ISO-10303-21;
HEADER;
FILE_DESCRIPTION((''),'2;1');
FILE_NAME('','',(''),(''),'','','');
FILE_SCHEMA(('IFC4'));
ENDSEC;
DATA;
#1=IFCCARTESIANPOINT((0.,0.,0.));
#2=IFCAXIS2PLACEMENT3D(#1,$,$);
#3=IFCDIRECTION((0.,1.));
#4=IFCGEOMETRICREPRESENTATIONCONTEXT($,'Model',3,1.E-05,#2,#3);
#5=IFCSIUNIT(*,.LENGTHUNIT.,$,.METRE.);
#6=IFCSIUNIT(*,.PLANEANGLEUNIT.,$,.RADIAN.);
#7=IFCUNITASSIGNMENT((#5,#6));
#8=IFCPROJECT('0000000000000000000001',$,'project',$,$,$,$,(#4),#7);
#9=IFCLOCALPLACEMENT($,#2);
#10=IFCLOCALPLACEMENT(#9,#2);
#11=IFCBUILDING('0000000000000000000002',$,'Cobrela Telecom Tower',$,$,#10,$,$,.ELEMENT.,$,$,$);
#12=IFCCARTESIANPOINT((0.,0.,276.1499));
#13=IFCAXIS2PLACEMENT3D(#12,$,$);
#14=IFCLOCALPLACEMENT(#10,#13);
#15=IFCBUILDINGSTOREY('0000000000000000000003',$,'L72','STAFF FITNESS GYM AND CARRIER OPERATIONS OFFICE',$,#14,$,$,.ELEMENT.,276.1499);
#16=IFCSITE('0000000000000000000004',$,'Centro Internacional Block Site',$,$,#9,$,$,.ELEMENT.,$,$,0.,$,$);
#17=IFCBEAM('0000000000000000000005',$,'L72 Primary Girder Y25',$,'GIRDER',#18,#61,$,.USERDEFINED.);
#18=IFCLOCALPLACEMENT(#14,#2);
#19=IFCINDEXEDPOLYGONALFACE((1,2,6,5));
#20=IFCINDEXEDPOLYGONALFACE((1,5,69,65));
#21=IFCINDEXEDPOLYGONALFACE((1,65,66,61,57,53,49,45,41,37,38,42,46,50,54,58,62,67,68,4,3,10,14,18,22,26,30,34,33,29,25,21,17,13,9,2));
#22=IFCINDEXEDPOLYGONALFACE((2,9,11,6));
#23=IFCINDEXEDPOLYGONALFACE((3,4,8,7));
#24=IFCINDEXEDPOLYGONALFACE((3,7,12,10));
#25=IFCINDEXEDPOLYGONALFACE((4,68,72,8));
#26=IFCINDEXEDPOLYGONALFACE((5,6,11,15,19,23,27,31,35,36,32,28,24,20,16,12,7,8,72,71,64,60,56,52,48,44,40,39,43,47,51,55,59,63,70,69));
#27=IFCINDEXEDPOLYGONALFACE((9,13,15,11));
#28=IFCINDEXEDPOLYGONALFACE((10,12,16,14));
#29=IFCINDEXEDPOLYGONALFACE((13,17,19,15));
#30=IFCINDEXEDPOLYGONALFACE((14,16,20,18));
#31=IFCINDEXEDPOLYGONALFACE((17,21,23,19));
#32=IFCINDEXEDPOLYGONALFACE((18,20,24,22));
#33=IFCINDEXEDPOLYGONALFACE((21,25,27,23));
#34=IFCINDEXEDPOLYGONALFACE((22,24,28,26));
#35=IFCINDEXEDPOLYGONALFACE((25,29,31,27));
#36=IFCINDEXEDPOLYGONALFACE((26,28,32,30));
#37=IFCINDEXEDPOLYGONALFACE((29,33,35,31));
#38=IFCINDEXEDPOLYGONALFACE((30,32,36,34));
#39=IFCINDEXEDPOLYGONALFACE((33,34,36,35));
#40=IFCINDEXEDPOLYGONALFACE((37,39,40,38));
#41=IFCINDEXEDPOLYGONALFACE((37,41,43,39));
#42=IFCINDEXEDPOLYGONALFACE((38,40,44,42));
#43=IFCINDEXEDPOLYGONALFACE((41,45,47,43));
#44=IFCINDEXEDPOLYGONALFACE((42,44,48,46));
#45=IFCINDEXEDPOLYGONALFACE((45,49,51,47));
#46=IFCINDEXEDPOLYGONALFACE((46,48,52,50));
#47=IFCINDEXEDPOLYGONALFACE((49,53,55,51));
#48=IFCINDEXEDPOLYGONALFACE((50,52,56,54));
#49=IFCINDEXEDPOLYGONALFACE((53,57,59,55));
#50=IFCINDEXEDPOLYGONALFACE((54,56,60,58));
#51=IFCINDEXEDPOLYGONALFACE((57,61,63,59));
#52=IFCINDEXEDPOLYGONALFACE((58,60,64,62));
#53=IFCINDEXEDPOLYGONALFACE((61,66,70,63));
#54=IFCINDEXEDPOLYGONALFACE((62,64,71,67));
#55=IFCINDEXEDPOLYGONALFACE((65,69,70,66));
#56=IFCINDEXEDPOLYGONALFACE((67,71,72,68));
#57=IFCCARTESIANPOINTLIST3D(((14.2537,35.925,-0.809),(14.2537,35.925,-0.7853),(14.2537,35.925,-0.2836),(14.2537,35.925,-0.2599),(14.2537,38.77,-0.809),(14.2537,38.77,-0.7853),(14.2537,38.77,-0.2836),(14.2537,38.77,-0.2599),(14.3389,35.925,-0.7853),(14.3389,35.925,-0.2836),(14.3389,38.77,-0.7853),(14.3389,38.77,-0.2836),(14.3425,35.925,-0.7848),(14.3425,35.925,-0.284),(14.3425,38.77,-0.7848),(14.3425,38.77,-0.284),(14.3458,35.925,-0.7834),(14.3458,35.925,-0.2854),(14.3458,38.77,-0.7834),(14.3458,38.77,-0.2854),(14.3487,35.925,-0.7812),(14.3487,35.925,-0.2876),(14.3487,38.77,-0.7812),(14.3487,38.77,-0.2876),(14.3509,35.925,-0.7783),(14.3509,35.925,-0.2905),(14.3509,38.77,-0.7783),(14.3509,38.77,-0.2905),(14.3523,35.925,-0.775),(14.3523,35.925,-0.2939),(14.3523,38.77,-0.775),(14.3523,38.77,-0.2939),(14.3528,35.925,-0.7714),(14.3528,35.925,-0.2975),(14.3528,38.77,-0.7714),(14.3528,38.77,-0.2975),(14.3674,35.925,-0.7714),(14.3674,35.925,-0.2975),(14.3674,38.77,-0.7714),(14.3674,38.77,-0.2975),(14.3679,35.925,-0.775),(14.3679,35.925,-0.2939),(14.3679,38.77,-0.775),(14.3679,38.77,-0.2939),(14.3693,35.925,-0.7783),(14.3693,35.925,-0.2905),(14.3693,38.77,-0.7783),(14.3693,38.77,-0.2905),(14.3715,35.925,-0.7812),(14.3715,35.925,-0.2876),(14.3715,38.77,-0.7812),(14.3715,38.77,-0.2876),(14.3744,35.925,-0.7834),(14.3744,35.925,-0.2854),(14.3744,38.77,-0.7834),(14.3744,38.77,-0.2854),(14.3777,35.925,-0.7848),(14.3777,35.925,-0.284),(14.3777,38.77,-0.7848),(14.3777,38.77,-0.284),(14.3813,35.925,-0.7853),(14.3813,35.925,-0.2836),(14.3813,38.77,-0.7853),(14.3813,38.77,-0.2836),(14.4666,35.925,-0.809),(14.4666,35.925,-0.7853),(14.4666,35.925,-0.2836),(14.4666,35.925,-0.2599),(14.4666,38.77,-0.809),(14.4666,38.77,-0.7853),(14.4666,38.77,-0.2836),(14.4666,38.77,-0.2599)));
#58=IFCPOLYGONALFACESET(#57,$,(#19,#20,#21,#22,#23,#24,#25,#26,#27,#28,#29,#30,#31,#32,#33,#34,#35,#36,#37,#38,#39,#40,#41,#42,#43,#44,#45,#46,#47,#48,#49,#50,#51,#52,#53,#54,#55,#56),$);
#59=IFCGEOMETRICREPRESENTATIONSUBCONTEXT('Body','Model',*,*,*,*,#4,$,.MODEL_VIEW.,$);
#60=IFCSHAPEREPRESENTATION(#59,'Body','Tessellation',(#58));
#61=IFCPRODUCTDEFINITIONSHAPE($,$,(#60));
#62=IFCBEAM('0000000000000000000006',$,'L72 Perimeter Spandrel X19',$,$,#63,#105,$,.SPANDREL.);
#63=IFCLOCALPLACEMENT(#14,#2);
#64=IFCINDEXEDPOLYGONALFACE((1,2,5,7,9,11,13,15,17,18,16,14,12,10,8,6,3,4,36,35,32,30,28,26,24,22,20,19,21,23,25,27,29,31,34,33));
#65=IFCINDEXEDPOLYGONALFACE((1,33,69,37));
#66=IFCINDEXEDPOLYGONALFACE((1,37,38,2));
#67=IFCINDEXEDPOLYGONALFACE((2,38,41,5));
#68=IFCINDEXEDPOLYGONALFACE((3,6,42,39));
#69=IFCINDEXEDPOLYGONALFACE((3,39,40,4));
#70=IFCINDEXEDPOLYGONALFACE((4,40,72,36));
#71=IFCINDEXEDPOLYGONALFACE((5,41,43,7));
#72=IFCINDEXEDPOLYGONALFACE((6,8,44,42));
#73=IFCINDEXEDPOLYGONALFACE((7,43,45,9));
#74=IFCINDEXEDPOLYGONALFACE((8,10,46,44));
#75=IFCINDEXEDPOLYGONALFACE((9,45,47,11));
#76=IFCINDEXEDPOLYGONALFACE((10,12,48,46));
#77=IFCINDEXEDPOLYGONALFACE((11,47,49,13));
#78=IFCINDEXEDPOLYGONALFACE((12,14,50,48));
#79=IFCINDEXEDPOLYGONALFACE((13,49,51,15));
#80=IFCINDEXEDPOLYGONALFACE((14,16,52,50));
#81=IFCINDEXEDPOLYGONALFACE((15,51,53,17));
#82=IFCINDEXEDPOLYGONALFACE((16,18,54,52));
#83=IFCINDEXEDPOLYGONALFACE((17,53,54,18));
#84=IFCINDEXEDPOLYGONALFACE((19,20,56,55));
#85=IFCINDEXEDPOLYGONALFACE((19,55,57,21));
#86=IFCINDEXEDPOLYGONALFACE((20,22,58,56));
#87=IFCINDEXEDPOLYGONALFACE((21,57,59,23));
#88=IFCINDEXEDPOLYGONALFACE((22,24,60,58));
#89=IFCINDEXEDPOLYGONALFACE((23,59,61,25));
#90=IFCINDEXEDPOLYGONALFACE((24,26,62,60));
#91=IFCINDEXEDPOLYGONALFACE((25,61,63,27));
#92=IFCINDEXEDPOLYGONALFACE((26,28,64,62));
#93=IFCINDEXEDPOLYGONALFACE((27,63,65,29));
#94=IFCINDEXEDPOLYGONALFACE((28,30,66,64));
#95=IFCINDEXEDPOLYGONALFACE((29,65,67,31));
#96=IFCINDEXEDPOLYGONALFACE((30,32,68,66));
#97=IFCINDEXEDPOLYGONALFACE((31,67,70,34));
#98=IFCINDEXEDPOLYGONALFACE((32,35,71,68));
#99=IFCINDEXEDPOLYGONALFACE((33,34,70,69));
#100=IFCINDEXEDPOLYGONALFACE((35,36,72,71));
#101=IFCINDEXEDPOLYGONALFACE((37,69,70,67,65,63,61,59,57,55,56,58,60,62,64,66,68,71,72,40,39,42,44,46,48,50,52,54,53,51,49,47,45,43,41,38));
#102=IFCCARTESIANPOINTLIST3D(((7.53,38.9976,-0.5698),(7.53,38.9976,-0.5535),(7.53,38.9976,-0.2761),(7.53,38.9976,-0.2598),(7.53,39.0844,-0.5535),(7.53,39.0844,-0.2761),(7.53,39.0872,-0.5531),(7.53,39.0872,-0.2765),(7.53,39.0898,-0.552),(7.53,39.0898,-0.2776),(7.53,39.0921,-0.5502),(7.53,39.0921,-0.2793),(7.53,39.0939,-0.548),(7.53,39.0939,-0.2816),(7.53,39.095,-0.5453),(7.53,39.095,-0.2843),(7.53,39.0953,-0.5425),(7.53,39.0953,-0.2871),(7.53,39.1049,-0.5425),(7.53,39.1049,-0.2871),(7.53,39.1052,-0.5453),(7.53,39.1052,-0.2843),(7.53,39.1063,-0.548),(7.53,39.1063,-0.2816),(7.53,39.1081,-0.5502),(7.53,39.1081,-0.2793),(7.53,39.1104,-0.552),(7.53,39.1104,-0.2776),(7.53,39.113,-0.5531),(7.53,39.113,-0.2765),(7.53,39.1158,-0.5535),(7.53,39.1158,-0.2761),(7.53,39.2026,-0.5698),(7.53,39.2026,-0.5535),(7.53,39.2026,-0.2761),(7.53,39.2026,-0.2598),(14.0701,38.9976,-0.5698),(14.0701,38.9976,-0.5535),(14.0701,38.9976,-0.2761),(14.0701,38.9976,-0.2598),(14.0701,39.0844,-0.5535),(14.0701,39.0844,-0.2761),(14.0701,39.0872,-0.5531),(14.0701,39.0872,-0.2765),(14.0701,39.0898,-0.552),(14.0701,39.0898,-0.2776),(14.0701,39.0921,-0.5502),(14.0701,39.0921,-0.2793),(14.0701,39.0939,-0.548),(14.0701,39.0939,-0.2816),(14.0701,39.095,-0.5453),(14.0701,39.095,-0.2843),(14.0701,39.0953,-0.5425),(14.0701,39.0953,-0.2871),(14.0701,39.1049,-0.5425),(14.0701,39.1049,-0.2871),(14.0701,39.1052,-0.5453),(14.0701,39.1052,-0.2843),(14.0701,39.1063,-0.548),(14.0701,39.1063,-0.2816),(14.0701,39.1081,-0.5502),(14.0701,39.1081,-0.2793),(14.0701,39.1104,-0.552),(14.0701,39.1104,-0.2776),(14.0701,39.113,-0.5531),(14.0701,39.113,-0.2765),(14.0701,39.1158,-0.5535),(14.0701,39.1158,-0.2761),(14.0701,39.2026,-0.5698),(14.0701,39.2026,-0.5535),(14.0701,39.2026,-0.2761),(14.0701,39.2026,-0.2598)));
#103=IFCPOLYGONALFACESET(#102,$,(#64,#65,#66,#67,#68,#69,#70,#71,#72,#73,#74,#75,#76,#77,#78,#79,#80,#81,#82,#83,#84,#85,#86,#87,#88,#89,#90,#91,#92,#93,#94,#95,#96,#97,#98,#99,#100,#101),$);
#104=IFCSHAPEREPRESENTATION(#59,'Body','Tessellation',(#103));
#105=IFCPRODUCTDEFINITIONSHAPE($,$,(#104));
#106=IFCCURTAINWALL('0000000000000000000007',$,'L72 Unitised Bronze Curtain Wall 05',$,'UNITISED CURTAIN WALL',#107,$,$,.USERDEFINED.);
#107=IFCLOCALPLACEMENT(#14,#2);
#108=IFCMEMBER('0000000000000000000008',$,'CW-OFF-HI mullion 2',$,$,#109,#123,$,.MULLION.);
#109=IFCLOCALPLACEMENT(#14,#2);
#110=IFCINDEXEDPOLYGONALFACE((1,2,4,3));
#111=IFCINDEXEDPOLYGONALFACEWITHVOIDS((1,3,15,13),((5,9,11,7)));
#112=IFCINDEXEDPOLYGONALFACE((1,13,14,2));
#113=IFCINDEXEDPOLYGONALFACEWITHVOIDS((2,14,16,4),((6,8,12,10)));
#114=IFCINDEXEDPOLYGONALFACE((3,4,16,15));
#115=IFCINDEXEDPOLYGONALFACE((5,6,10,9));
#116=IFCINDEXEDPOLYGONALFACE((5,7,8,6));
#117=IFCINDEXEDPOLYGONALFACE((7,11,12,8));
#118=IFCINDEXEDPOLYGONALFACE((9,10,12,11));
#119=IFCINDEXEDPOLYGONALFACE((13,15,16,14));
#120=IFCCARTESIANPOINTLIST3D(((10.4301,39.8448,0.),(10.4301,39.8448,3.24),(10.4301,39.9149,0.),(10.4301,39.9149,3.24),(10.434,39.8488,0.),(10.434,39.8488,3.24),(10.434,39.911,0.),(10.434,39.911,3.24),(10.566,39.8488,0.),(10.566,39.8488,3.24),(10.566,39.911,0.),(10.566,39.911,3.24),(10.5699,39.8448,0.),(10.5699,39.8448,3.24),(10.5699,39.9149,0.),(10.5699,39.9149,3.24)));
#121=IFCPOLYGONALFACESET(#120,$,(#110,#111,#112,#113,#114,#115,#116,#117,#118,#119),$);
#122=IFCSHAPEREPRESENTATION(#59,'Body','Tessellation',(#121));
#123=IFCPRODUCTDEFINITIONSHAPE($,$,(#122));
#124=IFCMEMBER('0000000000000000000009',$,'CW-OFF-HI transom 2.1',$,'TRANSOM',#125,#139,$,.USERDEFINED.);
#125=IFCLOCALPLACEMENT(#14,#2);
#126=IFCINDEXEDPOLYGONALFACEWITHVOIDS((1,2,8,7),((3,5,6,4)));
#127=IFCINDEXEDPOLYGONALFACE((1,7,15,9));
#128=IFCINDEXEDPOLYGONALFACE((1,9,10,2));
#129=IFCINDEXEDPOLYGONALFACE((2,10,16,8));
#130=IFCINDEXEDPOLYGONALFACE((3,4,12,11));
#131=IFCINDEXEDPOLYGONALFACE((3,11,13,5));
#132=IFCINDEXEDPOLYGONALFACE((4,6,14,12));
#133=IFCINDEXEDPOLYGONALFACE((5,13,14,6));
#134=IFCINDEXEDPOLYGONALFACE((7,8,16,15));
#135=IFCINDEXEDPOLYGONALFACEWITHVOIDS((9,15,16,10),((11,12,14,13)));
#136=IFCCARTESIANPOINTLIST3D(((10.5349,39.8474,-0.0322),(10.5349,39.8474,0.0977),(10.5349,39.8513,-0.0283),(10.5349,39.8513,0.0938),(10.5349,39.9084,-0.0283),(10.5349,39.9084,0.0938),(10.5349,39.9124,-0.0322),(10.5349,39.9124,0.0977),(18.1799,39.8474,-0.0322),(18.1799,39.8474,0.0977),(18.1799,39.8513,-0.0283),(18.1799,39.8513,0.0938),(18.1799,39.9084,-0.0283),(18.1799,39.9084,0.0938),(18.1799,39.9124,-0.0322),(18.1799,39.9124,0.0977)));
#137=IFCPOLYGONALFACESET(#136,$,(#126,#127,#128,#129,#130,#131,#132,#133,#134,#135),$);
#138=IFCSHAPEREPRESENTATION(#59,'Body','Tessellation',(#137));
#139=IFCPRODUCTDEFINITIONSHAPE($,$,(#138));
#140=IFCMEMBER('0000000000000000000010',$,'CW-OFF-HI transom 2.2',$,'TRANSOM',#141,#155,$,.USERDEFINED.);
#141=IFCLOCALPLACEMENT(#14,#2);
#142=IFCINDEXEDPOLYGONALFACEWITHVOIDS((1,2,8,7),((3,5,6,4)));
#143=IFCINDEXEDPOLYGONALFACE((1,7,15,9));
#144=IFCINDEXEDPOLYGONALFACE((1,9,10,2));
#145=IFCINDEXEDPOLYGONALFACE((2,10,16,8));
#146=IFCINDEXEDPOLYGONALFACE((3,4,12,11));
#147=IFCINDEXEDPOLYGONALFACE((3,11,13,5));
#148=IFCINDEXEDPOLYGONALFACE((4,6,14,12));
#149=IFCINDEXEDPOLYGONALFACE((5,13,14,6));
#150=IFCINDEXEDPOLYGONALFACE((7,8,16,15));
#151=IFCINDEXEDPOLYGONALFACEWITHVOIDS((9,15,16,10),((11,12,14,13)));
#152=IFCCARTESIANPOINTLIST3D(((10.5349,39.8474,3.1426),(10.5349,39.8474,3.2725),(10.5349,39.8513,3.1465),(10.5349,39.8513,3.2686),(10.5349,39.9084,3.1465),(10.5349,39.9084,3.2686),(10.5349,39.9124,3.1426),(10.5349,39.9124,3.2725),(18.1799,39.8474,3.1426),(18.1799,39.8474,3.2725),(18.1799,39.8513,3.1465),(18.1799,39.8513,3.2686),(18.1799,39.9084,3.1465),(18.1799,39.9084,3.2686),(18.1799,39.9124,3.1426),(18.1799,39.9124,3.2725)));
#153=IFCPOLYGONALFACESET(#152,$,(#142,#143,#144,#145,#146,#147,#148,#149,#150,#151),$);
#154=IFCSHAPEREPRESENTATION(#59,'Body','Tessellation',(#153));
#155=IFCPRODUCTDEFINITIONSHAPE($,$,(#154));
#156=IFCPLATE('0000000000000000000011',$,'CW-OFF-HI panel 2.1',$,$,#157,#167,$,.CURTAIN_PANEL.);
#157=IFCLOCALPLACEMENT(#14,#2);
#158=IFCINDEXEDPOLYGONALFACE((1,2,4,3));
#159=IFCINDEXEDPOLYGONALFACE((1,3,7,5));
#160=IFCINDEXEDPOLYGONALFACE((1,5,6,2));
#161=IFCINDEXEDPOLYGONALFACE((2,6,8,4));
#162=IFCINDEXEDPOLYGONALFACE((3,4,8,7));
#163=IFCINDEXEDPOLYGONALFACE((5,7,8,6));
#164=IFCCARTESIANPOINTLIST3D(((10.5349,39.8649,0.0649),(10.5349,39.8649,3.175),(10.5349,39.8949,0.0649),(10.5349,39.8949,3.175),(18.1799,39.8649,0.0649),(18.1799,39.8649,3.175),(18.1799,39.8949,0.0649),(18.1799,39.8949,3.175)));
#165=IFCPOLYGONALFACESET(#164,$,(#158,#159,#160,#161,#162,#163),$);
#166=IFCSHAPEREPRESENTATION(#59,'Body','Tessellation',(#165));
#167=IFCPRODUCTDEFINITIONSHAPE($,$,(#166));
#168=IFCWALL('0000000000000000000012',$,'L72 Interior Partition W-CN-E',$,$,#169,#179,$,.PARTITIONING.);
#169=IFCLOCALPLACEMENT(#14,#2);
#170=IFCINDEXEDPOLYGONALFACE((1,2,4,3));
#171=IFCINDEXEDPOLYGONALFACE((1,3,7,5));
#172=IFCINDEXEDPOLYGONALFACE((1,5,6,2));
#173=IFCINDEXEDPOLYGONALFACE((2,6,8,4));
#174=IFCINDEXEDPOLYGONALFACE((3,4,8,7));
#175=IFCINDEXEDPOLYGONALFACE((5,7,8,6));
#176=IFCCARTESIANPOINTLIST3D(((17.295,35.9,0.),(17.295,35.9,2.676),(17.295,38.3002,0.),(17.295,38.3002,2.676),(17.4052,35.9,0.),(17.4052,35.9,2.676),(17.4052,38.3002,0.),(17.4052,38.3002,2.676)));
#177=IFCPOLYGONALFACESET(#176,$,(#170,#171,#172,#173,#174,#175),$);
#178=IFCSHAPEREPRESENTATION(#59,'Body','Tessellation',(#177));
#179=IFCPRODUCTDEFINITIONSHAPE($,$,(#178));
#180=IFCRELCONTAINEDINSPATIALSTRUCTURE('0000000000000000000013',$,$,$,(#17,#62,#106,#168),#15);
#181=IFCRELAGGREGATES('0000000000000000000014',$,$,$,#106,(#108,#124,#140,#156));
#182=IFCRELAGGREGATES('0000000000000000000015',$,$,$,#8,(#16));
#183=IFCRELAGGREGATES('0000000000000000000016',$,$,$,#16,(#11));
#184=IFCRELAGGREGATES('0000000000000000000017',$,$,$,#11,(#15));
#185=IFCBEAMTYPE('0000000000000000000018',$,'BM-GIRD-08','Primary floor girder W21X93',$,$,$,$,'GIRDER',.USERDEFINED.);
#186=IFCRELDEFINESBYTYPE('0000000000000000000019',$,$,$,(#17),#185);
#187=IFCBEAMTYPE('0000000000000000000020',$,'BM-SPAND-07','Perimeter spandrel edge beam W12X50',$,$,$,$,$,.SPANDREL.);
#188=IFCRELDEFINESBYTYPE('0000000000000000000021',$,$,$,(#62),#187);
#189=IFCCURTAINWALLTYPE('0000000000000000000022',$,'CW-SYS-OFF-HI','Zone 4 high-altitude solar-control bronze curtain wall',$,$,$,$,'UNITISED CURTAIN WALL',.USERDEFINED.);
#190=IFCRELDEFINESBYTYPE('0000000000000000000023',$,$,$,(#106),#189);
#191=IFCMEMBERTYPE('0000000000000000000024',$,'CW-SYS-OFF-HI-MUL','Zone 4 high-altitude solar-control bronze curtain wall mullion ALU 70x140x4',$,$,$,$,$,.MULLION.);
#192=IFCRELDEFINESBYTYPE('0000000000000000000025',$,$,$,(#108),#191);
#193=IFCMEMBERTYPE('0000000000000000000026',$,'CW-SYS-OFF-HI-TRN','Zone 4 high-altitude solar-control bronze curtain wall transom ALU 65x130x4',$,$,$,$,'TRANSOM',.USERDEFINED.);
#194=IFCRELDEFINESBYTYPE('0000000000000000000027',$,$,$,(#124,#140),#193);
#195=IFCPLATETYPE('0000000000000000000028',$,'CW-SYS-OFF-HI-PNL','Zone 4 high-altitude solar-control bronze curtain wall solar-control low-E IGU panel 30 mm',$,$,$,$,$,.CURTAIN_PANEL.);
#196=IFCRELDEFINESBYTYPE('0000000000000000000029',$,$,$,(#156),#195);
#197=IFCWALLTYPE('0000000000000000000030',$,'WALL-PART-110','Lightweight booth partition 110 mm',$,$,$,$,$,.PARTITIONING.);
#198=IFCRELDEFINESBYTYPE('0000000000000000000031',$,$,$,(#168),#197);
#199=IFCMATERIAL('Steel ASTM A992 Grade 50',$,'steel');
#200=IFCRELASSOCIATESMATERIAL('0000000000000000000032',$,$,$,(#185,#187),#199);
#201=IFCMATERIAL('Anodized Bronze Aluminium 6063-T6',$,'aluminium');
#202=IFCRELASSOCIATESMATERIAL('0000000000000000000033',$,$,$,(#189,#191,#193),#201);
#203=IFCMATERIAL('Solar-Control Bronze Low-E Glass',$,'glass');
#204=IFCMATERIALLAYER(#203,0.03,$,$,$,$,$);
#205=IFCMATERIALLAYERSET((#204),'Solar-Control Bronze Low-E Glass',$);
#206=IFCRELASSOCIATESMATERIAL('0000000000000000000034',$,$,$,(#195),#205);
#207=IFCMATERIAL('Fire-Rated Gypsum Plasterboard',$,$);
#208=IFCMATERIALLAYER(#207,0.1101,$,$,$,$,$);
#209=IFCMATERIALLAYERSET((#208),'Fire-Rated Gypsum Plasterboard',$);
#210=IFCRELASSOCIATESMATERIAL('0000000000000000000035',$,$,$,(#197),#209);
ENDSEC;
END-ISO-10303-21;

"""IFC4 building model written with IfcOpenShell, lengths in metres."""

from ifc_helpers import new_model, si_unit, direction, frame, frame_2d, origin, origin_2d, place, context, subcontext, project, spatial, rectangle, hollow_rectangle, i_section, extrude, material, layer, layer_set, material_profile, profile_set, type_object, element, aggregate, save


model = new_model("IFC4")

# Units and contexts
model_context = context("Model", 3, precision=1e-05, world=origin(), true_north=direction((0.0, 1.0)))
body_context = subcontext(model_context, "Body", "Model", "MODEL_VIEW")
ifc_project = project(units=[si_unit("LENGTHUNIT", "METRE"), si_unit("PLANEANGLEUNIT", "RADIAN")], contexts=[model_context])

# Site, building, storey
site_placement = place(None, origin())
site = spatial("IfcSite", under=ifc_project, at=site_placement, Name="Centro Internacional Block Site", CompositionType="ELEMENT", RefElevation=0.0)
building_placement = place(site_placement, origin())
building = spatial("IfcBuilding", under=site, at=building_placement, Name="Cobrela Telecom Tower", CompositionType="ELEMENT")
storey_placement = place(building_placement, frame((0.0, 0.0, 276.1499)))
storey = spatial("IfcBuildingStorey", under=building, at=storey_placement, Name="L72", Description="STAFF FITNESS GYM AND CARRIER OPERATIONS OFFICE", CompositionType="ELEMENT", Elevation=276.1499)

# Beams
ifc_material_1 = material(Name="Steel ASTM A992 Grade 50", Category="steel")
ifc_material_profile_1 = material_profile(ifc_material_1, i_section(OverallWidth=0.2129, OverallDepth=0.5491, WebThickness=0.0146, FlangeThickness=0.0237, FilletRadius=0.0139, at=origin_2d()), Name="W21X93")
ifc_profile_set_1 = profile_set([ifc_material_profile_1], Name="Steel ASTM A992 Grade 50")
beam_type_1 = type_object("IfcBeamType", Name="BM-GIRD-08", Description="Primary floor girder W21X93", ElementType="GIRDER", PredefinedType="USERDEFINED", material=ifc_profile_set_1)
for number, where, z_axis, x_axis, name in (
    (1, (14.3601, 35.925, -0.5344), (0.0, 1.0, 0.0), (-1.0, 0.0, 0.0), "L72 Primary Girder Y25"),
):
    element("IfcBeam", number, at=place(storey_placement, frame(where, z_axis=z_axis, x_axis=x_axis)), inside=storey, type_object=beam_type_1, Name=name, ObjectType="GIRDER", PredefinedType="USERDEFINED", context=body_context, shape_type="SweptSolid", body=[
        extrude(i_section(OverallWidth=0.2129, OverallDepth=0.5491, WebThickness=0.0146, FlangeThickness=0.0237, FilletRadius=0.0139, at=origin_2d()), origin(), (0.0, 0.0, 1.0), 2.845),
    ])
ifc_material_profile_2 = material_profile(ifc_material_1, i_section(OverallWidth=0.2051, OverallDepth=0.3101, WebThickness=0.0095, FlangeThickness=0.0164, FilletRadius=0.011, at=origin_2d()), Name="W12X50")
ifc_profile_set_2 = profile_set([ifc_material_profile_2], Name="Steel ASTM A992 Grade 50")
beam_type_2 = type_object("IfcBeamType", Name="BM-SPAND-07", Description="Perimeter spandrel edge beam W12X50", PredefinedType="SPANDREL", material=ifc_profile_set_2)
beam_1_placement = place(storey_placement, frame((7.53, 39.1001, -0.4148), z_axis=(1.0, 0.0, 0.0), x_axis=(0.0, 1.0, 0.0)))
element("IfcBeam", 2, at=beam_1_placement, inside=storey, type_object=beam_type_2, Name="L72 Perimeter Spandrel X19", PredefinedType="SPANDREL", context=body_context, shape_type="SweptSolid", body=[
    extrude(i_section(OverallWidth=0.2051, OverallDepth=0.3101, WebThickness=0.0095, FlangeThickness=0.0164, FilletRadius=0.011, at=origin_2d()), origin(), (0.0, 0.0, 1.0), 6.54),
])

# Curtain wall, members, plate
ifc_material_2 = material(Name="Anodized Bronze Aluminium 6063-T6", Category="aluminium")
curtain_wall_type = type_object("IfcCurtainWallType", Name="CW-SYS-OFF-HI", Description="Zone 4 high-altitude solar-control bronze curtain wall", ElementType="UNITISED CURTAIN WALL", PredefinedType="USERDEFINED", material=ifc_material_2)
curtain_wall_placement = place(storey_placement, origin())
curtain_wall = element("IfcCurtainWall", 3, at=curtain_wall_placement, inside=storey, type_object=curtain_wall_type, Name="L72 Unitised Bronze Curtain Wall 05", ObjectType="UNITISED CURTAIN WALL", PredefinedType="USERDEFINED")
ifc_material_profile_3 = material_profile(ifc_material_2, hollow_rectangle(XDim=0.0701, YDim=0.1399, WallThickness=0.0039, at=origin_2d()), Name="ALU 70x140x4")
ifc_profile_set_3 = profile_set([ifc_material_profile_3], Name="Anodized Bronze Aluminium 6063-T6")
member_type_1 = type_object("IfcMemberType", Name="CW-SYS-OFF-HI-MUL", Description="Zone 4 high-altitude solar-control bronze curtain wall mullion ALU 70x140x4", PredefinedType="MULLION", material=ifc_profile_set_3)
member_1_placement = place(storey_placement, frame((10.5, 39.8799, 0.0), z_axis=(0.0, 0.0, 1.0), x_axis=(0.0, 1.0, 0.0)))
member_1 = element("IfcMember", 4, at=member_1_placement, type_object=member_type_1, Name="CW-OFF-HI mullion 2", PredefinedType="MULLION", context=body_context, shape_type="SweptSolid", body=[
    extrude(hollow_rectangle(XDim=0.0701, YDim=0.1399, WallThickness=0.0039, at=origin_2d()), origin(), (0.0, 0.0, 1.0), 3.24),
])
ifc_material_profile_4 = material_profile(ifc_material_2, hollow_rectangle(XDim=0.0649, YDim=0.1299, WallThickness=0.0039, at=origin_2d()), Name="ALU 65x130x4")
ifc_profile_set_4 = profile_set([ifc_material_profile_4], Name="Anodized Bronze Aluminium 6063-T6")
member_type_2 = type_object("IfcMemberType", Name="CW-SYS-OFF-HI-TRN", Description="Zone 4 high-altitude solar-control bronze curtain wall transom ALU 65x130x4", ElementType="TRANSOM", PredefinedType="USERDEFINED", material=ifc_profile_set_4)
member_2_placement = place(storey_placement, frame((10.5349, 39.8799, 0.0327), z_axis=(1.0, 0.0, 0.0), x_axis=(0.0, 1.0, 0.0)))
member_2 = element("IfcMember", 5, at=member_2_placement, type_object=member_type_2, Name="CW-OFF-HI transom 2.1", ObjectType="TRANSOM", PredefinedType="USERDEFINED", context=body_context, shape_type="SweptSolid", body=[
    extrude(hollow_rectangle(XDim=0.0649, YDim=0.1299, WallThickness=0.0039, at=origin_2d()), origin(), (0.0, 0.0, 1.0), 7.645),
])
member_3_placement = place(storey_placement, frame((10.5349, 39.8799, 3.2075), z_axis=(1.0, 0.0, 0.0), x_axis=(0.0, 1.0, 0.0)))
member_3 = element("IfcMember", 6, at=member_3_placement, type_object=member_type_2, Name="CW-OFF-HI transom 2.2", ObjectType="TRANSOM", PredefinedType="USERDEFINED", context=body_context, shape_type="SweptSolid", body=[
    extrude(hollow_rectangle(XDim=0.0649, YDim=0.1299, WallThickness=0.0039, at=origin_2d()), origin(), (0.0, 0.0, 1.0), 7.645),
])
ifc_material_3 = material(Name="Solar-Control Bronze Low-E Glass", Category="glass")
ifc_layer_1 = layer(ifc_material_3, 0.03)
ifc_layer_set_1 = layer_set([ifc_layer_1], Name="Solar-Control Bronze Low-E Glass")
plate_type = type_object("IfcPlateType", Name="CW-SYS-OFF-HI-PNL", Description="Zone 4 high-altitude solar-control bronze curtain wall solar-control low-E IGU panel 30 mm", PredefinedType="CURTAIN_PANEL", material=ifc_layer_set_1)
plate_placement = place(storey_placement, frame((14.3574, 39.8799, 0.0649), z_axis=(0.0, 0.0, 1.0), x_axis=(1.0, 0.0, 0.0)))
plate = element("IfcPlate", 7, at=plate_placement, type_object=plate_type, Name="CW-OFF-HI panel 2.1", PredefinedType="CURTAIN_PANEL", context=body_context, shape_type="SweptSolid", body=[
    extrude(rectangle(XDim=7.645, YDim=0.03, at=origin_2d()), origin(), (0.0, 0.0, 1.0), 3.1101),
])
aggregate(curtain_wall, [member_1, member_2, member_3, plate])

# Wall
ifc_material_4 = material(Name="Fire-Rated Gypsum Plasterboard")
ifc_layer_2 = layer(ifc_material_4, 0.1101)
ifc_layer_set_2 = layer_set([ifc_layer_2], Name="Fire-Rated Gypsum Plasterboard")
wall_type_1 = type_object("IfcWallType", Name="WALL-PART-110", Description="Lightweight booth partition 110 mm", PredefinedType="PARTITIONING", material=ifc_layer_set_2)
wall_1_placement = place(storey_placement, frame((17.3501, 35.8999, 0.0), z_axis=(0.0, 0.0, 1.0), x_axis=(0.0, 1.0, 0.0)))
element("IfcWall", 8, at=wall_1_placement, inside=storey, type_object=wall_type_1, Name="L72 Interior Partition W-CN-E", PredefinedType="PARTITIONING", context=body_context, shape_type="SweptSolid", body=[
    extrude(rectangle(XDim=2.4001, YDim=0.1101, at=frame_2d((1.2002, 0.0))), origin(), (0.0, 0.0, 1.0), 2.676),
])

save(model, "model.ifc")
